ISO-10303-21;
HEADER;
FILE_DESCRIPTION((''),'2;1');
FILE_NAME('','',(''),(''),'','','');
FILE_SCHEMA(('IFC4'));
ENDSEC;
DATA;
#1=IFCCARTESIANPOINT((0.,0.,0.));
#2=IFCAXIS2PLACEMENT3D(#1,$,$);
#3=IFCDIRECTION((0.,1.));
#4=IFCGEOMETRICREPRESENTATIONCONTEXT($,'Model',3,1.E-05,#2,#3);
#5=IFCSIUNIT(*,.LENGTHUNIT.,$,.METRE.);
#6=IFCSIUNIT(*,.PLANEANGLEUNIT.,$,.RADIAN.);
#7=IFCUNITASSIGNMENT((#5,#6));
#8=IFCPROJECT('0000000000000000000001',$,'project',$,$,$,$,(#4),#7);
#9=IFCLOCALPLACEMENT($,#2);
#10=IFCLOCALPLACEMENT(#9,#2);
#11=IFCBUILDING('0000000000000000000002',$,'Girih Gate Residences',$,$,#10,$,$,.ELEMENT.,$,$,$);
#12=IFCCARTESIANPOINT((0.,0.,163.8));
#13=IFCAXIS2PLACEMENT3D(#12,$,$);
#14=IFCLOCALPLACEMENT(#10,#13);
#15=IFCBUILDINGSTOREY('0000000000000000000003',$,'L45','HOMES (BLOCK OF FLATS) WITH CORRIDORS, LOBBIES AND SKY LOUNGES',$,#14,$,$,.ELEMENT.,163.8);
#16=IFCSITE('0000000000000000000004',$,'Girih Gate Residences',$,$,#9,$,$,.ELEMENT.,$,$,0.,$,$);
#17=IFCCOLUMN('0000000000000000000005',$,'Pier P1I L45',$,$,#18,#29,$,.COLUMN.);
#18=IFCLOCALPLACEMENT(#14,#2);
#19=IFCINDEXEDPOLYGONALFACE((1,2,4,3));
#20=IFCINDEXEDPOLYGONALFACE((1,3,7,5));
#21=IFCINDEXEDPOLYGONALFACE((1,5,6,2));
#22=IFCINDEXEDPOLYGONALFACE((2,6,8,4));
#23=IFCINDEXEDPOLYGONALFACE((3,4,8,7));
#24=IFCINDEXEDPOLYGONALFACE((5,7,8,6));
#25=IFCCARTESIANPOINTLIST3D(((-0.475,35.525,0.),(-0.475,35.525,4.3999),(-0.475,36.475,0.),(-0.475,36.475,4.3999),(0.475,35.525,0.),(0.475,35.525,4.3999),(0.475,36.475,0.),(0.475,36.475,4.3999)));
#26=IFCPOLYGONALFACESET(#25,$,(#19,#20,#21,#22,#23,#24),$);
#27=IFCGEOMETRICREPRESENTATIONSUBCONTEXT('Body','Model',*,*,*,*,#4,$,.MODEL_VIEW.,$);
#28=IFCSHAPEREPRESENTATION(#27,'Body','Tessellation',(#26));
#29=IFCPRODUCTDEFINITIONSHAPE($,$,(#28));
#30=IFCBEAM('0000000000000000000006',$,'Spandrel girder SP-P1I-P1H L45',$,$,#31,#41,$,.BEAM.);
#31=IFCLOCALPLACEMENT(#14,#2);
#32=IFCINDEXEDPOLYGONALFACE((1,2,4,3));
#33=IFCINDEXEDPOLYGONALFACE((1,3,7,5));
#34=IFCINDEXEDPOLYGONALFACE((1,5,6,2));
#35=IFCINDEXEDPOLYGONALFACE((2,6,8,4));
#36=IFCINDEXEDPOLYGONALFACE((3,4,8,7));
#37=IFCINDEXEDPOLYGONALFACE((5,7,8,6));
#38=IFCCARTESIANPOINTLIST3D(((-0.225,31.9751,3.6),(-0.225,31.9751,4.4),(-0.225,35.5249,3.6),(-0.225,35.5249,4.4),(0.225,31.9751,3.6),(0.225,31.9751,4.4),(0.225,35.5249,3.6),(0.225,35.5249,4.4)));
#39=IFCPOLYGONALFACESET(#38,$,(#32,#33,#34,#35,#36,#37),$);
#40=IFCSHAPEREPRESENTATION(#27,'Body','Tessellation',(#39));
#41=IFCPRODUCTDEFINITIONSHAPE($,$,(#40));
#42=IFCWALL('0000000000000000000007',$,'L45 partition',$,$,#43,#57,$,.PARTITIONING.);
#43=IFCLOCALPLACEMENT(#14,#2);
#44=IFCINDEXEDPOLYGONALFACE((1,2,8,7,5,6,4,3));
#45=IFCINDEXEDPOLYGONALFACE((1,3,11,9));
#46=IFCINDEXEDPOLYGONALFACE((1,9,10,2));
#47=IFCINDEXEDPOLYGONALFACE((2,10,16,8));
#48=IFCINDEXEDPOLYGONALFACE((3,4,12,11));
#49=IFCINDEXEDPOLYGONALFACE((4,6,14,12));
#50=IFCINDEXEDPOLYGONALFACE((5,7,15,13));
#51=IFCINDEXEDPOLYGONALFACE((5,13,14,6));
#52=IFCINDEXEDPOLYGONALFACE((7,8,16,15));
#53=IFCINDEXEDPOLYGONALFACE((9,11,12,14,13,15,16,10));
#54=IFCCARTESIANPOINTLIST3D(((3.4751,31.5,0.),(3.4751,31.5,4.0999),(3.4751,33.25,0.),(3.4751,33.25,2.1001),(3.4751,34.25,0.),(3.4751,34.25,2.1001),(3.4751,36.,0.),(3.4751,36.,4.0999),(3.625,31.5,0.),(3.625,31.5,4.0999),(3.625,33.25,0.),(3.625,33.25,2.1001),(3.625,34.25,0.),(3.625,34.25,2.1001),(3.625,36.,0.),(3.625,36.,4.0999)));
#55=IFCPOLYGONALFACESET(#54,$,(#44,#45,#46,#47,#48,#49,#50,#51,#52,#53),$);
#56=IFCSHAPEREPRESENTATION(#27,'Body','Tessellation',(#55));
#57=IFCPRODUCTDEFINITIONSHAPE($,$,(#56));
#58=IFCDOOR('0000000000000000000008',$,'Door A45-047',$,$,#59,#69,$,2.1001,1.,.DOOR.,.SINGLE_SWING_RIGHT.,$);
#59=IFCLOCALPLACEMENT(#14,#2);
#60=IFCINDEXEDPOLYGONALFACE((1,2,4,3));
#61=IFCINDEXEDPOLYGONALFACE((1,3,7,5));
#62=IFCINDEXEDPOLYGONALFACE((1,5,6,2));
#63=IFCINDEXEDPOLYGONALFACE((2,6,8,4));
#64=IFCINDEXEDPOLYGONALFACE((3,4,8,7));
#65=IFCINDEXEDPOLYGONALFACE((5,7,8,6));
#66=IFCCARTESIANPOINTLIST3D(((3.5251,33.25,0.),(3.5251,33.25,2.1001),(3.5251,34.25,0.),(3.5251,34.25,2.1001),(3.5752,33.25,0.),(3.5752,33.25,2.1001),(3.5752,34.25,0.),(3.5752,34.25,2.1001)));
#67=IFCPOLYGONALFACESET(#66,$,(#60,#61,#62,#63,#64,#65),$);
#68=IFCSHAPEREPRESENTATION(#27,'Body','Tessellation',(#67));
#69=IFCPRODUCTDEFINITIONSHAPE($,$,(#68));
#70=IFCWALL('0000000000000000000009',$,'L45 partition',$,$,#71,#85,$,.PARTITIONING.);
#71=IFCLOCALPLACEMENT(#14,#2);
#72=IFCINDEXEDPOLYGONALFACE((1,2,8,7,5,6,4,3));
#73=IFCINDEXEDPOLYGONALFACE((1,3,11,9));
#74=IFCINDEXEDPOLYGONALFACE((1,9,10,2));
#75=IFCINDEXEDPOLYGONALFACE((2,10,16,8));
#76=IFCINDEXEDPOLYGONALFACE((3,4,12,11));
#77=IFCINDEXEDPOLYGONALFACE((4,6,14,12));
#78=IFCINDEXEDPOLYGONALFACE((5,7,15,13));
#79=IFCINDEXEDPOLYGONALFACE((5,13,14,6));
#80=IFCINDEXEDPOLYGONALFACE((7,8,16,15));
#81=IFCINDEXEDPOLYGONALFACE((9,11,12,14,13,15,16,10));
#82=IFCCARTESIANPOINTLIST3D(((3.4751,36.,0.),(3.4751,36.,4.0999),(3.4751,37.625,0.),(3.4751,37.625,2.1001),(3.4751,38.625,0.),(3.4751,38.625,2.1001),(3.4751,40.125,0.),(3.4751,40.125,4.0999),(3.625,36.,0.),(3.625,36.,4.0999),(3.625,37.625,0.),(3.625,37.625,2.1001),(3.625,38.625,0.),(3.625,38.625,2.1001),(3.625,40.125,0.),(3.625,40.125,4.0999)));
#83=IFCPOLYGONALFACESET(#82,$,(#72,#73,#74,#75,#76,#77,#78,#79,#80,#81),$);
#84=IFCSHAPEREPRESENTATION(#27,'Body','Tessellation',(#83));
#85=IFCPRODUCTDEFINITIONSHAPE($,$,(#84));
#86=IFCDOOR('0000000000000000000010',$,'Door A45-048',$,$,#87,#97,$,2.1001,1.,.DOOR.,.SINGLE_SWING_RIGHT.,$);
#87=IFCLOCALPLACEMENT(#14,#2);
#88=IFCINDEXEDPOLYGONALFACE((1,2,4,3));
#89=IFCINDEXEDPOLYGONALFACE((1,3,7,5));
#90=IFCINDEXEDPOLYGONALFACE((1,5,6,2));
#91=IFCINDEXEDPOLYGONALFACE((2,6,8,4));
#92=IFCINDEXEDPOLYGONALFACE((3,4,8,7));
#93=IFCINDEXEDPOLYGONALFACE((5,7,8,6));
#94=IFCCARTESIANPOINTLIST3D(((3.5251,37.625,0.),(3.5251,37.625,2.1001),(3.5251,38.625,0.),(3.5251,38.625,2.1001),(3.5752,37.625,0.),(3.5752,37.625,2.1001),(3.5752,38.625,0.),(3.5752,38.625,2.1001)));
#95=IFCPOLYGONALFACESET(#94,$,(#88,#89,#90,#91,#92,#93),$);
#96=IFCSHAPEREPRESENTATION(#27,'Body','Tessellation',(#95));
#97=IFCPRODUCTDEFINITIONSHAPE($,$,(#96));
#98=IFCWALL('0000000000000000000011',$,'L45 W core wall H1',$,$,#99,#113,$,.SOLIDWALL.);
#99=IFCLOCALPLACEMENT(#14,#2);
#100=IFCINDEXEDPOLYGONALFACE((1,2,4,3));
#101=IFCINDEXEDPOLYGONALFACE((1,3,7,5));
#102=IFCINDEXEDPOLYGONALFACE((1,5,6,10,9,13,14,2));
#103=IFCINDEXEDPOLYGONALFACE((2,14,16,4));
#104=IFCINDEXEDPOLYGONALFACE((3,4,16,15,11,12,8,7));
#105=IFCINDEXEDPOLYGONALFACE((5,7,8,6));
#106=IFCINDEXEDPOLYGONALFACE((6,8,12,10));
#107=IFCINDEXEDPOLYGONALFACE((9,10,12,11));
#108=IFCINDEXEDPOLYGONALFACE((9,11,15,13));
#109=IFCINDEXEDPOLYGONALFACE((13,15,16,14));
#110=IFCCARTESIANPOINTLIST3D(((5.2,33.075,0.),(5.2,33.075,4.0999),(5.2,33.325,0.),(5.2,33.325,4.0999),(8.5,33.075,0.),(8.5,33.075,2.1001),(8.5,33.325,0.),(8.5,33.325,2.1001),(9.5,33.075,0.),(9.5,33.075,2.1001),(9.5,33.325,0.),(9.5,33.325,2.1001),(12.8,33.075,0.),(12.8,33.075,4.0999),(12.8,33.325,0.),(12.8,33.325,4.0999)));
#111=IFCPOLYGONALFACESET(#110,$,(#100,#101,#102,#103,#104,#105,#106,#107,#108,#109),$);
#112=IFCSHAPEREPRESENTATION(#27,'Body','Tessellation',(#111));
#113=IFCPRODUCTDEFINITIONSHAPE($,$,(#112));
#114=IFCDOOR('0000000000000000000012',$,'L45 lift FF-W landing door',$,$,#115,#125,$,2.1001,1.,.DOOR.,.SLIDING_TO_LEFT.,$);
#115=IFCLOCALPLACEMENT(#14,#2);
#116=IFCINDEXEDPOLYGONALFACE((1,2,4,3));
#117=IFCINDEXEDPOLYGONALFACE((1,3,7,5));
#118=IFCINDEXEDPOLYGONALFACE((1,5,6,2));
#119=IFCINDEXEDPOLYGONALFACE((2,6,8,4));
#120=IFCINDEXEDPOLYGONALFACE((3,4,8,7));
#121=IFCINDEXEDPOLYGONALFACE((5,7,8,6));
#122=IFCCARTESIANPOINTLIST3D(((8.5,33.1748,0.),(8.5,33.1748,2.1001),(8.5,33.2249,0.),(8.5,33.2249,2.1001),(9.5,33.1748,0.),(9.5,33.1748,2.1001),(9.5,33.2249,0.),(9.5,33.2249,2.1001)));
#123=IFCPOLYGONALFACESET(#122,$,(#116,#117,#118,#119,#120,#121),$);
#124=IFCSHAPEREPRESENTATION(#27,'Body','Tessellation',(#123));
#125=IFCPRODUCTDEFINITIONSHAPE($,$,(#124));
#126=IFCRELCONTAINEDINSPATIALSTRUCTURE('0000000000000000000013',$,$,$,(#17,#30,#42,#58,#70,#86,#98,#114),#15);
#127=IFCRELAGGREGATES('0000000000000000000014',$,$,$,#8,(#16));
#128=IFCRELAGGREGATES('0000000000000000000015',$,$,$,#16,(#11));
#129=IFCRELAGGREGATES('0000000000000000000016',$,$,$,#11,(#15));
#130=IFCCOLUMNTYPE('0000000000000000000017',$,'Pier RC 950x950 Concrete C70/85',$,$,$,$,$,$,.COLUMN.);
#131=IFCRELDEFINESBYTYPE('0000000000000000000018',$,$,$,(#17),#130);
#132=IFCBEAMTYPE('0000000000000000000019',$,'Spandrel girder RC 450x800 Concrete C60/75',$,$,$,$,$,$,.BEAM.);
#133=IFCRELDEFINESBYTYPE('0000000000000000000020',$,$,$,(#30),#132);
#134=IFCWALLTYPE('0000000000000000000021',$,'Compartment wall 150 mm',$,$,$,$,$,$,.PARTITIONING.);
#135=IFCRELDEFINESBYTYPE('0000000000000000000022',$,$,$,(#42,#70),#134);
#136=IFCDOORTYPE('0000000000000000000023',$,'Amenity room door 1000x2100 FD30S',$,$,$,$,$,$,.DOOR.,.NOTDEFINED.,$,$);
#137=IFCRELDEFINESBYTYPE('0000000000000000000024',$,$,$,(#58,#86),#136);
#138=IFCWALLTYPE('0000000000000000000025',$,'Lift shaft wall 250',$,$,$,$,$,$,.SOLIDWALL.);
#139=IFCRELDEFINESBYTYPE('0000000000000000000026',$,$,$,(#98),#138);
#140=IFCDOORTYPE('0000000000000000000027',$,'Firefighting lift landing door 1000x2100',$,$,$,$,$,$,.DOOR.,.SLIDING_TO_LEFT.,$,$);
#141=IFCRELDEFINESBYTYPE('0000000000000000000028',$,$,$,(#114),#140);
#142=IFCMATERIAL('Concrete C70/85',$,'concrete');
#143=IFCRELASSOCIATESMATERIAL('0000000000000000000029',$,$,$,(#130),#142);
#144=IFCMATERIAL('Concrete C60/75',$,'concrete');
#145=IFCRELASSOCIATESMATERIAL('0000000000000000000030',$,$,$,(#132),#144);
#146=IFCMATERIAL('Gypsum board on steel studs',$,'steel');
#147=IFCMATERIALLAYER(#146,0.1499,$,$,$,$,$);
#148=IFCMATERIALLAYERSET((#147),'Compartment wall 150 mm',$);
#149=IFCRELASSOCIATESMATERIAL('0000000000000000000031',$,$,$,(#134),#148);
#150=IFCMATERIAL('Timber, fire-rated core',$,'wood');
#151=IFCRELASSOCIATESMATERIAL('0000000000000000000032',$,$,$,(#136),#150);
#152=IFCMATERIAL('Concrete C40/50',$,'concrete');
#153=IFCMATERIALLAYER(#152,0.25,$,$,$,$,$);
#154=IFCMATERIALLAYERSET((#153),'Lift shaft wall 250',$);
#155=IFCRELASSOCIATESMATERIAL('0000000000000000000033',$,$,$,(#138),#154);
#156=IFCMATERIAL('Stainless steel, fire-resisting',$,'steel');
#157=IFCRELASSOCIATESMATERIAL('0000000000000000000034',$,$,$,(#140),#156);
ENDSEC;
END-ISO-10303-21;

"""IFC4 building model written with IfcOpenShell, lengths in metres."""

from ifc_helpers import new_model, si_unit, direction, frame, frame_2d, origin, origin_2d, place, context, subcontext, project, spatial, rectangle, extrude, material, layer, layer_set, material_profile, profile_set, type_object, element, fill, save


model = new_model("IFC4")

# Units and contexts
model_context = context("Model", 3, precision=1e-05, world=origin(), true_north=direction((0.0, 1.0)))
body_context = subcontext(model_context, "Body", "Model", "MODEL_VIEW")
ifc_project = project(units=[si_unit("LENGTHUNIT", "METRE"), si_unit("PLANEANGLEUNIT", "RADIAN")], contexts=[model_context])

# Site, building, storey
site_placement = place(None, origin())
site = spatial("IfcSite", under=ifc_project, at=site_placement, Name="Girih Gate Residences", CompositionType="ELEMENT", RefElevation=0.0)
building_placement = place(site_placement, origin())
building = spatial("IfcBuilding", under=site, at=building_placement, Name="Girih Gate Residences", CompositionType="ELEMENT")
storey_placement = place(building_placement, frame((0.0, 0.0, 163.8)))
storey = spatial("IfcBuildingStorey", under=building, at=storey_placement, Name="L45", Description="HOMES (BLOCK OF FLATS) WITH CORRIDORS, LOBBIES AND SKY LOUNGES", CompositionType="ELEMENT", Elevation=163.8)

# Column
ifc_material_1 = material(Name="Concrete C70/85", Category="concrete")
ifc_material_profile_1 = material_profile(ifc_material_1, rectangle(XDim=0.95, YDim=0.95, at=origin_2d()))
ifc_profile_set_1 = profile_set([ifc_material_profile_1], Name="Concrete C70/85")
column_type = type_object("IfcColumnType", Name="Pier RC 950x950 Concrete C70/85", PredefinedType="COLUMN", material=ifc_profile_set_1)
column_placement = place(storey_placement, frame((0.0, 36.0, 0.0), z_axis=(0.0, 0.0, 1.0), x_axis=(1.0, 0.0, 0.0)))
element("IfcColumn", 1, at=column_placement, inside=storey, type_object=column_type, Name="Pier P1I L45", PredefinedType="COLUMN", context=body_context, shape_type="SweptSolid", body=[
    extrude(rectangle(XDim=0.95, YDim=0.95, at=origin_2d()), origin(), (0.0, 0.0, 1.0), 4.3999),
])

# Beam
ifc_material_2 = material(Name="Concrete C60/75", Category="concrete")
ifc_material_profile_2 = material_profile(ifc_material_2, rectangle(XDim=0.45, YDim=0.8, at=origin_2d()))
ifc_profile_set_2 = profile_set([ifc_material_profile_2], Name="Concrete C60/75")
beam_type = type_object("IfcBeamType", Name="Spandrel girder RC 450x800 Concrete C60/75", PredefinedType="BEAM", material=ifc_profile_set_2)
beam_placement = place(storey_placement, frame((0.0, 35.5249, 4.0), z_axis=(0.0, -1.0, 0.0), x_axis=(1.0, 0.0, 0.0)))
element("IfcBeam", 2, at=beam_placement, inside=storey, type_object=beam_type, Name="Spandrel girder SP-P1I-P1H L45", PredefinedType="BEAM", context=body_context, shape_type="SweptSolid", body=[
    extrude(rectangle(XDim=0.45, YDim=0.8, at=origin_2d()), origin(), (0.0, 0.0, 1.0), 3.5498),
])

# Walls, openings, doors
ifc_material_3 = material(Name="Gypsum board on steel studs", Category="steel")
ifc_layer_1 = layer(ifc_material_3, 0.1499)
ifc_layer_set_1 = layer_set([ifc_layer_1], Name="Compartment wall 150 mm")
wall_type_1 = type_object("IfcWallType", Name="Compartment wall 150 mm", PredefinedType="PARTITIONING", material=ifc_layer_set_1)
wall_1_placement = place(storey_placement, frame((3.55, 31.5, 0.0), z_axis=(0.0, 0.0, 1.0), x_axis=(0.0, 1.0, 0.0)))
wall_1 = element("IfcWall", 3, at=wall_1_placement, inside=storey, type_object=wall_type_1, Name="L45 partition", PredefinedType="PARTITIONING", context=body_context, shape_type="SweptSolid", body=[
    extrude(rectangle(XDim=4.5, YDim=0.1499, at=frame_2d((2.25, 0.0))), origin(), (0.0, 0.0, 1.0), 4.0999),
])
opening_1_placement = place(wall_1_placement, frame((1.75, 0.0, 0.0)))
opening_1 = element("IfcOpeningElement", 4, at=opening_1_placement, cuts=wall_1, PredefinedType="OPENING", context=body_context, shape_type="SweptSolid", body=[
    extrude(rectangle(XDim=1.0, YDim=2.1001, at=frame_2d((0.5, 1.05))), frame((0.0, 0.085, 0.0), z_axis=(0.0, -1.0, 0.0), x_axis=(1.0, 0.0, 0.0)), (0.0, 0.0, 1.0), 0.1699),
])
ifc_material_4 = material(Name="Timber, fire-rated core", Category="wood")
door_type_1 = type_object("IfcDoorType", Name="Amenity room door 1000x2100 FD30S", OperationType="NOTDEFINED", PredefinedType="DOOR", material=ifc_material_4)
door_1_placement = place(opening_1_placement, origin())
door_1 = element("IfcDoor", 5, at=door_1_placement, inside=storey, type_object=door_type_1, Name="Door A45-047", OperationType="SINGLE_SWING_RIGHT", OverallHeight=2.1001, OverallWidth=1.0, PredefinedType="DOOR", context=body_context, shape_type="SweptSolid", body=[
    extrude(rectangle(XDim=1.0, YDim=2.1001, at=frame_2d((0.5, 1.05))), frame((0.0, 0.0249, 0.0), z_axis=(0.0, -1.0, 0.0), x_axis=(1.0, 0.0, 0.0)), (0.0, 0.0, 1.0), 0.05),
])
fill(opening_1, door_1)
wall_2_placement = place(storey_placement, frame((3.55, 36.0, 0.0), z_axis=(0.0, 0.0, 1.0), x_axis=(0.0, 1.0, 0.0)))
wall_2 = element("IfcWall", 6, at=wall_2_placement, inside=storey, type_object=wall_type_1, Name="L45 partition", PredefinedType="PARTITIONING", context=body_context, shape_type="SweptSolid", body=[
    extrude(rectangle(XDim=4.125, YDim=0.1499, at=frame_2d((2.0625, 0.0))), origin(), (0.0, 0.0, 1.0), 4.0999),
])
opening_2_placement = place(wall_2_placement, frame((1.625, 0.0, 0.0)))
opening_2 = element("IfcOpeningElement", 7, at=opening_2_placement, cuts=wall_2, PredefinedType="OPENING", context=body_context, shape_type="SweptSolid", body=[
    extrude(rectangle(XDim=1.0, YDim=2.1001, at=frame_2d((0.5, 1.05))), frame((0.0, 0.085, 0.0), z_axis=(0.0, -1.0, 0.0), x_axis=(1.0, 0.0, 0.0)), (0.0, 0.0, 1.0), 0.1699),
])
door_2_placement = place(opening_2_placement, origin())
door_2 = element("IfcDoor", 8, at=door_2_placement, inside=storey, type_object=door_type_1, Name="Door A45-048", OperationType="SINGLE_SWING_RIGHT", OverallHeight=2.1001, OverallWidth=1.0, PredefinedType="DOOR", context=body_context, shape_type="SweptSolid", body=[
    extrude(rectangle(XDim=1.0, YDim=2.1001, at=frame_2d((0.5, 1.05))), frame((0.0, 0.0249, 0.0), z_axis=(0.0, -1.0, 0.0), x_axis=(1.0, 0.0, 0.0)), (0.0, 0.0, 1.0), 0.05),
])
fill(opening_2, door_2)
ifc_material_5 = material(Name="Concrete C40/50", Category="concrete")
ifc_layer_2 = layer(ifc_material_5, 0.25)
ifc_layer_set_2 = layer_set([ifc_layer_2], Name="Lift shaft wall 250")
wall_type_2 = type_object("IfcWallType", Name="Lift shaft wall 250", PredefinedType="SOLIDWALL", material=ifc_layer_set_2)
wall_3_placement = place(storey_placement, frame((5.2, 33.2, 0.0), z_axis=(0.0, 0.0, 1.0), x_axis=(1.0, 0.0, 0.0)))
wall_3 = element("IfcWall", 9, at=wall_3_placement, inside=storey, type_object=wall_type_2, Name="L45 W core wall H1", PredefinedType="SOLIDWALL", context=body_context, shape_type="SweptSolid", body=[
    extrude(rectangle(XDim=7.6001, YDim=0.25, at=frame_2d((3.8, 0.0))), origin(), (0.0, 0.0, 1.0), 4.0999),
])
opening_3_placement = place(wall_3_placement, frame((3.3, 0.0, 0.0)))
opening_3 = element("IfcOpeningElement", 10, at=opening_3_placement, cuts=wall_3, PredefinedType="OPENING", context=body_context, shape_type="SweptSolid", body=[
    extrude(rectangle(XDim=1.0, YDim=2.1001, at=frame_2d((0.5, 1.05))), frame((0.0, 0.135, 0.0), z_axis=(0.0, -1.0, 0.0), x_axis=(1.0, 0.0, 0.0)), (0.0, 0.0, 1.0), 0.27),
])
ifc_material_6 = material(Name="Stainless steel, fire-resisting", Category="steel")
door_type_2 = type_object("IfcDoorType", Name="Firefighting lift landing door 1000x2100", OperationType="SLIDING_TO_LEFT", PredefinedType="DOOR", material=ifc_material_6)
door_3_placement = place(opening_3_placement, origin())
door_3 = element("IfcDoor", 11, at=door_3_placement, inside=storey, type_object=door_type_2, Name="L45 lift FF-W landing door", OperationType="SLIDING_TO_LEFT", OverallHeight=2.1001, OverallWidth=1.0, PredefinedType="DOOR", context=body_context, shape_type="SweptSolid", body=[
    extrude(rectangle(XDim=1.0, YDim=2.1001, at=frame_2d((0.5, 1.05))), frame((0.0, 0.0249, 0.0), z_axis=(0.0, -1.0, 0.0), x_axis=(1.0, 0.0, 0.0)), (0.0, 0.0, 1.0), 0.05),
])
fill(opening_3, door_3)

save(model, "model.ifc")
